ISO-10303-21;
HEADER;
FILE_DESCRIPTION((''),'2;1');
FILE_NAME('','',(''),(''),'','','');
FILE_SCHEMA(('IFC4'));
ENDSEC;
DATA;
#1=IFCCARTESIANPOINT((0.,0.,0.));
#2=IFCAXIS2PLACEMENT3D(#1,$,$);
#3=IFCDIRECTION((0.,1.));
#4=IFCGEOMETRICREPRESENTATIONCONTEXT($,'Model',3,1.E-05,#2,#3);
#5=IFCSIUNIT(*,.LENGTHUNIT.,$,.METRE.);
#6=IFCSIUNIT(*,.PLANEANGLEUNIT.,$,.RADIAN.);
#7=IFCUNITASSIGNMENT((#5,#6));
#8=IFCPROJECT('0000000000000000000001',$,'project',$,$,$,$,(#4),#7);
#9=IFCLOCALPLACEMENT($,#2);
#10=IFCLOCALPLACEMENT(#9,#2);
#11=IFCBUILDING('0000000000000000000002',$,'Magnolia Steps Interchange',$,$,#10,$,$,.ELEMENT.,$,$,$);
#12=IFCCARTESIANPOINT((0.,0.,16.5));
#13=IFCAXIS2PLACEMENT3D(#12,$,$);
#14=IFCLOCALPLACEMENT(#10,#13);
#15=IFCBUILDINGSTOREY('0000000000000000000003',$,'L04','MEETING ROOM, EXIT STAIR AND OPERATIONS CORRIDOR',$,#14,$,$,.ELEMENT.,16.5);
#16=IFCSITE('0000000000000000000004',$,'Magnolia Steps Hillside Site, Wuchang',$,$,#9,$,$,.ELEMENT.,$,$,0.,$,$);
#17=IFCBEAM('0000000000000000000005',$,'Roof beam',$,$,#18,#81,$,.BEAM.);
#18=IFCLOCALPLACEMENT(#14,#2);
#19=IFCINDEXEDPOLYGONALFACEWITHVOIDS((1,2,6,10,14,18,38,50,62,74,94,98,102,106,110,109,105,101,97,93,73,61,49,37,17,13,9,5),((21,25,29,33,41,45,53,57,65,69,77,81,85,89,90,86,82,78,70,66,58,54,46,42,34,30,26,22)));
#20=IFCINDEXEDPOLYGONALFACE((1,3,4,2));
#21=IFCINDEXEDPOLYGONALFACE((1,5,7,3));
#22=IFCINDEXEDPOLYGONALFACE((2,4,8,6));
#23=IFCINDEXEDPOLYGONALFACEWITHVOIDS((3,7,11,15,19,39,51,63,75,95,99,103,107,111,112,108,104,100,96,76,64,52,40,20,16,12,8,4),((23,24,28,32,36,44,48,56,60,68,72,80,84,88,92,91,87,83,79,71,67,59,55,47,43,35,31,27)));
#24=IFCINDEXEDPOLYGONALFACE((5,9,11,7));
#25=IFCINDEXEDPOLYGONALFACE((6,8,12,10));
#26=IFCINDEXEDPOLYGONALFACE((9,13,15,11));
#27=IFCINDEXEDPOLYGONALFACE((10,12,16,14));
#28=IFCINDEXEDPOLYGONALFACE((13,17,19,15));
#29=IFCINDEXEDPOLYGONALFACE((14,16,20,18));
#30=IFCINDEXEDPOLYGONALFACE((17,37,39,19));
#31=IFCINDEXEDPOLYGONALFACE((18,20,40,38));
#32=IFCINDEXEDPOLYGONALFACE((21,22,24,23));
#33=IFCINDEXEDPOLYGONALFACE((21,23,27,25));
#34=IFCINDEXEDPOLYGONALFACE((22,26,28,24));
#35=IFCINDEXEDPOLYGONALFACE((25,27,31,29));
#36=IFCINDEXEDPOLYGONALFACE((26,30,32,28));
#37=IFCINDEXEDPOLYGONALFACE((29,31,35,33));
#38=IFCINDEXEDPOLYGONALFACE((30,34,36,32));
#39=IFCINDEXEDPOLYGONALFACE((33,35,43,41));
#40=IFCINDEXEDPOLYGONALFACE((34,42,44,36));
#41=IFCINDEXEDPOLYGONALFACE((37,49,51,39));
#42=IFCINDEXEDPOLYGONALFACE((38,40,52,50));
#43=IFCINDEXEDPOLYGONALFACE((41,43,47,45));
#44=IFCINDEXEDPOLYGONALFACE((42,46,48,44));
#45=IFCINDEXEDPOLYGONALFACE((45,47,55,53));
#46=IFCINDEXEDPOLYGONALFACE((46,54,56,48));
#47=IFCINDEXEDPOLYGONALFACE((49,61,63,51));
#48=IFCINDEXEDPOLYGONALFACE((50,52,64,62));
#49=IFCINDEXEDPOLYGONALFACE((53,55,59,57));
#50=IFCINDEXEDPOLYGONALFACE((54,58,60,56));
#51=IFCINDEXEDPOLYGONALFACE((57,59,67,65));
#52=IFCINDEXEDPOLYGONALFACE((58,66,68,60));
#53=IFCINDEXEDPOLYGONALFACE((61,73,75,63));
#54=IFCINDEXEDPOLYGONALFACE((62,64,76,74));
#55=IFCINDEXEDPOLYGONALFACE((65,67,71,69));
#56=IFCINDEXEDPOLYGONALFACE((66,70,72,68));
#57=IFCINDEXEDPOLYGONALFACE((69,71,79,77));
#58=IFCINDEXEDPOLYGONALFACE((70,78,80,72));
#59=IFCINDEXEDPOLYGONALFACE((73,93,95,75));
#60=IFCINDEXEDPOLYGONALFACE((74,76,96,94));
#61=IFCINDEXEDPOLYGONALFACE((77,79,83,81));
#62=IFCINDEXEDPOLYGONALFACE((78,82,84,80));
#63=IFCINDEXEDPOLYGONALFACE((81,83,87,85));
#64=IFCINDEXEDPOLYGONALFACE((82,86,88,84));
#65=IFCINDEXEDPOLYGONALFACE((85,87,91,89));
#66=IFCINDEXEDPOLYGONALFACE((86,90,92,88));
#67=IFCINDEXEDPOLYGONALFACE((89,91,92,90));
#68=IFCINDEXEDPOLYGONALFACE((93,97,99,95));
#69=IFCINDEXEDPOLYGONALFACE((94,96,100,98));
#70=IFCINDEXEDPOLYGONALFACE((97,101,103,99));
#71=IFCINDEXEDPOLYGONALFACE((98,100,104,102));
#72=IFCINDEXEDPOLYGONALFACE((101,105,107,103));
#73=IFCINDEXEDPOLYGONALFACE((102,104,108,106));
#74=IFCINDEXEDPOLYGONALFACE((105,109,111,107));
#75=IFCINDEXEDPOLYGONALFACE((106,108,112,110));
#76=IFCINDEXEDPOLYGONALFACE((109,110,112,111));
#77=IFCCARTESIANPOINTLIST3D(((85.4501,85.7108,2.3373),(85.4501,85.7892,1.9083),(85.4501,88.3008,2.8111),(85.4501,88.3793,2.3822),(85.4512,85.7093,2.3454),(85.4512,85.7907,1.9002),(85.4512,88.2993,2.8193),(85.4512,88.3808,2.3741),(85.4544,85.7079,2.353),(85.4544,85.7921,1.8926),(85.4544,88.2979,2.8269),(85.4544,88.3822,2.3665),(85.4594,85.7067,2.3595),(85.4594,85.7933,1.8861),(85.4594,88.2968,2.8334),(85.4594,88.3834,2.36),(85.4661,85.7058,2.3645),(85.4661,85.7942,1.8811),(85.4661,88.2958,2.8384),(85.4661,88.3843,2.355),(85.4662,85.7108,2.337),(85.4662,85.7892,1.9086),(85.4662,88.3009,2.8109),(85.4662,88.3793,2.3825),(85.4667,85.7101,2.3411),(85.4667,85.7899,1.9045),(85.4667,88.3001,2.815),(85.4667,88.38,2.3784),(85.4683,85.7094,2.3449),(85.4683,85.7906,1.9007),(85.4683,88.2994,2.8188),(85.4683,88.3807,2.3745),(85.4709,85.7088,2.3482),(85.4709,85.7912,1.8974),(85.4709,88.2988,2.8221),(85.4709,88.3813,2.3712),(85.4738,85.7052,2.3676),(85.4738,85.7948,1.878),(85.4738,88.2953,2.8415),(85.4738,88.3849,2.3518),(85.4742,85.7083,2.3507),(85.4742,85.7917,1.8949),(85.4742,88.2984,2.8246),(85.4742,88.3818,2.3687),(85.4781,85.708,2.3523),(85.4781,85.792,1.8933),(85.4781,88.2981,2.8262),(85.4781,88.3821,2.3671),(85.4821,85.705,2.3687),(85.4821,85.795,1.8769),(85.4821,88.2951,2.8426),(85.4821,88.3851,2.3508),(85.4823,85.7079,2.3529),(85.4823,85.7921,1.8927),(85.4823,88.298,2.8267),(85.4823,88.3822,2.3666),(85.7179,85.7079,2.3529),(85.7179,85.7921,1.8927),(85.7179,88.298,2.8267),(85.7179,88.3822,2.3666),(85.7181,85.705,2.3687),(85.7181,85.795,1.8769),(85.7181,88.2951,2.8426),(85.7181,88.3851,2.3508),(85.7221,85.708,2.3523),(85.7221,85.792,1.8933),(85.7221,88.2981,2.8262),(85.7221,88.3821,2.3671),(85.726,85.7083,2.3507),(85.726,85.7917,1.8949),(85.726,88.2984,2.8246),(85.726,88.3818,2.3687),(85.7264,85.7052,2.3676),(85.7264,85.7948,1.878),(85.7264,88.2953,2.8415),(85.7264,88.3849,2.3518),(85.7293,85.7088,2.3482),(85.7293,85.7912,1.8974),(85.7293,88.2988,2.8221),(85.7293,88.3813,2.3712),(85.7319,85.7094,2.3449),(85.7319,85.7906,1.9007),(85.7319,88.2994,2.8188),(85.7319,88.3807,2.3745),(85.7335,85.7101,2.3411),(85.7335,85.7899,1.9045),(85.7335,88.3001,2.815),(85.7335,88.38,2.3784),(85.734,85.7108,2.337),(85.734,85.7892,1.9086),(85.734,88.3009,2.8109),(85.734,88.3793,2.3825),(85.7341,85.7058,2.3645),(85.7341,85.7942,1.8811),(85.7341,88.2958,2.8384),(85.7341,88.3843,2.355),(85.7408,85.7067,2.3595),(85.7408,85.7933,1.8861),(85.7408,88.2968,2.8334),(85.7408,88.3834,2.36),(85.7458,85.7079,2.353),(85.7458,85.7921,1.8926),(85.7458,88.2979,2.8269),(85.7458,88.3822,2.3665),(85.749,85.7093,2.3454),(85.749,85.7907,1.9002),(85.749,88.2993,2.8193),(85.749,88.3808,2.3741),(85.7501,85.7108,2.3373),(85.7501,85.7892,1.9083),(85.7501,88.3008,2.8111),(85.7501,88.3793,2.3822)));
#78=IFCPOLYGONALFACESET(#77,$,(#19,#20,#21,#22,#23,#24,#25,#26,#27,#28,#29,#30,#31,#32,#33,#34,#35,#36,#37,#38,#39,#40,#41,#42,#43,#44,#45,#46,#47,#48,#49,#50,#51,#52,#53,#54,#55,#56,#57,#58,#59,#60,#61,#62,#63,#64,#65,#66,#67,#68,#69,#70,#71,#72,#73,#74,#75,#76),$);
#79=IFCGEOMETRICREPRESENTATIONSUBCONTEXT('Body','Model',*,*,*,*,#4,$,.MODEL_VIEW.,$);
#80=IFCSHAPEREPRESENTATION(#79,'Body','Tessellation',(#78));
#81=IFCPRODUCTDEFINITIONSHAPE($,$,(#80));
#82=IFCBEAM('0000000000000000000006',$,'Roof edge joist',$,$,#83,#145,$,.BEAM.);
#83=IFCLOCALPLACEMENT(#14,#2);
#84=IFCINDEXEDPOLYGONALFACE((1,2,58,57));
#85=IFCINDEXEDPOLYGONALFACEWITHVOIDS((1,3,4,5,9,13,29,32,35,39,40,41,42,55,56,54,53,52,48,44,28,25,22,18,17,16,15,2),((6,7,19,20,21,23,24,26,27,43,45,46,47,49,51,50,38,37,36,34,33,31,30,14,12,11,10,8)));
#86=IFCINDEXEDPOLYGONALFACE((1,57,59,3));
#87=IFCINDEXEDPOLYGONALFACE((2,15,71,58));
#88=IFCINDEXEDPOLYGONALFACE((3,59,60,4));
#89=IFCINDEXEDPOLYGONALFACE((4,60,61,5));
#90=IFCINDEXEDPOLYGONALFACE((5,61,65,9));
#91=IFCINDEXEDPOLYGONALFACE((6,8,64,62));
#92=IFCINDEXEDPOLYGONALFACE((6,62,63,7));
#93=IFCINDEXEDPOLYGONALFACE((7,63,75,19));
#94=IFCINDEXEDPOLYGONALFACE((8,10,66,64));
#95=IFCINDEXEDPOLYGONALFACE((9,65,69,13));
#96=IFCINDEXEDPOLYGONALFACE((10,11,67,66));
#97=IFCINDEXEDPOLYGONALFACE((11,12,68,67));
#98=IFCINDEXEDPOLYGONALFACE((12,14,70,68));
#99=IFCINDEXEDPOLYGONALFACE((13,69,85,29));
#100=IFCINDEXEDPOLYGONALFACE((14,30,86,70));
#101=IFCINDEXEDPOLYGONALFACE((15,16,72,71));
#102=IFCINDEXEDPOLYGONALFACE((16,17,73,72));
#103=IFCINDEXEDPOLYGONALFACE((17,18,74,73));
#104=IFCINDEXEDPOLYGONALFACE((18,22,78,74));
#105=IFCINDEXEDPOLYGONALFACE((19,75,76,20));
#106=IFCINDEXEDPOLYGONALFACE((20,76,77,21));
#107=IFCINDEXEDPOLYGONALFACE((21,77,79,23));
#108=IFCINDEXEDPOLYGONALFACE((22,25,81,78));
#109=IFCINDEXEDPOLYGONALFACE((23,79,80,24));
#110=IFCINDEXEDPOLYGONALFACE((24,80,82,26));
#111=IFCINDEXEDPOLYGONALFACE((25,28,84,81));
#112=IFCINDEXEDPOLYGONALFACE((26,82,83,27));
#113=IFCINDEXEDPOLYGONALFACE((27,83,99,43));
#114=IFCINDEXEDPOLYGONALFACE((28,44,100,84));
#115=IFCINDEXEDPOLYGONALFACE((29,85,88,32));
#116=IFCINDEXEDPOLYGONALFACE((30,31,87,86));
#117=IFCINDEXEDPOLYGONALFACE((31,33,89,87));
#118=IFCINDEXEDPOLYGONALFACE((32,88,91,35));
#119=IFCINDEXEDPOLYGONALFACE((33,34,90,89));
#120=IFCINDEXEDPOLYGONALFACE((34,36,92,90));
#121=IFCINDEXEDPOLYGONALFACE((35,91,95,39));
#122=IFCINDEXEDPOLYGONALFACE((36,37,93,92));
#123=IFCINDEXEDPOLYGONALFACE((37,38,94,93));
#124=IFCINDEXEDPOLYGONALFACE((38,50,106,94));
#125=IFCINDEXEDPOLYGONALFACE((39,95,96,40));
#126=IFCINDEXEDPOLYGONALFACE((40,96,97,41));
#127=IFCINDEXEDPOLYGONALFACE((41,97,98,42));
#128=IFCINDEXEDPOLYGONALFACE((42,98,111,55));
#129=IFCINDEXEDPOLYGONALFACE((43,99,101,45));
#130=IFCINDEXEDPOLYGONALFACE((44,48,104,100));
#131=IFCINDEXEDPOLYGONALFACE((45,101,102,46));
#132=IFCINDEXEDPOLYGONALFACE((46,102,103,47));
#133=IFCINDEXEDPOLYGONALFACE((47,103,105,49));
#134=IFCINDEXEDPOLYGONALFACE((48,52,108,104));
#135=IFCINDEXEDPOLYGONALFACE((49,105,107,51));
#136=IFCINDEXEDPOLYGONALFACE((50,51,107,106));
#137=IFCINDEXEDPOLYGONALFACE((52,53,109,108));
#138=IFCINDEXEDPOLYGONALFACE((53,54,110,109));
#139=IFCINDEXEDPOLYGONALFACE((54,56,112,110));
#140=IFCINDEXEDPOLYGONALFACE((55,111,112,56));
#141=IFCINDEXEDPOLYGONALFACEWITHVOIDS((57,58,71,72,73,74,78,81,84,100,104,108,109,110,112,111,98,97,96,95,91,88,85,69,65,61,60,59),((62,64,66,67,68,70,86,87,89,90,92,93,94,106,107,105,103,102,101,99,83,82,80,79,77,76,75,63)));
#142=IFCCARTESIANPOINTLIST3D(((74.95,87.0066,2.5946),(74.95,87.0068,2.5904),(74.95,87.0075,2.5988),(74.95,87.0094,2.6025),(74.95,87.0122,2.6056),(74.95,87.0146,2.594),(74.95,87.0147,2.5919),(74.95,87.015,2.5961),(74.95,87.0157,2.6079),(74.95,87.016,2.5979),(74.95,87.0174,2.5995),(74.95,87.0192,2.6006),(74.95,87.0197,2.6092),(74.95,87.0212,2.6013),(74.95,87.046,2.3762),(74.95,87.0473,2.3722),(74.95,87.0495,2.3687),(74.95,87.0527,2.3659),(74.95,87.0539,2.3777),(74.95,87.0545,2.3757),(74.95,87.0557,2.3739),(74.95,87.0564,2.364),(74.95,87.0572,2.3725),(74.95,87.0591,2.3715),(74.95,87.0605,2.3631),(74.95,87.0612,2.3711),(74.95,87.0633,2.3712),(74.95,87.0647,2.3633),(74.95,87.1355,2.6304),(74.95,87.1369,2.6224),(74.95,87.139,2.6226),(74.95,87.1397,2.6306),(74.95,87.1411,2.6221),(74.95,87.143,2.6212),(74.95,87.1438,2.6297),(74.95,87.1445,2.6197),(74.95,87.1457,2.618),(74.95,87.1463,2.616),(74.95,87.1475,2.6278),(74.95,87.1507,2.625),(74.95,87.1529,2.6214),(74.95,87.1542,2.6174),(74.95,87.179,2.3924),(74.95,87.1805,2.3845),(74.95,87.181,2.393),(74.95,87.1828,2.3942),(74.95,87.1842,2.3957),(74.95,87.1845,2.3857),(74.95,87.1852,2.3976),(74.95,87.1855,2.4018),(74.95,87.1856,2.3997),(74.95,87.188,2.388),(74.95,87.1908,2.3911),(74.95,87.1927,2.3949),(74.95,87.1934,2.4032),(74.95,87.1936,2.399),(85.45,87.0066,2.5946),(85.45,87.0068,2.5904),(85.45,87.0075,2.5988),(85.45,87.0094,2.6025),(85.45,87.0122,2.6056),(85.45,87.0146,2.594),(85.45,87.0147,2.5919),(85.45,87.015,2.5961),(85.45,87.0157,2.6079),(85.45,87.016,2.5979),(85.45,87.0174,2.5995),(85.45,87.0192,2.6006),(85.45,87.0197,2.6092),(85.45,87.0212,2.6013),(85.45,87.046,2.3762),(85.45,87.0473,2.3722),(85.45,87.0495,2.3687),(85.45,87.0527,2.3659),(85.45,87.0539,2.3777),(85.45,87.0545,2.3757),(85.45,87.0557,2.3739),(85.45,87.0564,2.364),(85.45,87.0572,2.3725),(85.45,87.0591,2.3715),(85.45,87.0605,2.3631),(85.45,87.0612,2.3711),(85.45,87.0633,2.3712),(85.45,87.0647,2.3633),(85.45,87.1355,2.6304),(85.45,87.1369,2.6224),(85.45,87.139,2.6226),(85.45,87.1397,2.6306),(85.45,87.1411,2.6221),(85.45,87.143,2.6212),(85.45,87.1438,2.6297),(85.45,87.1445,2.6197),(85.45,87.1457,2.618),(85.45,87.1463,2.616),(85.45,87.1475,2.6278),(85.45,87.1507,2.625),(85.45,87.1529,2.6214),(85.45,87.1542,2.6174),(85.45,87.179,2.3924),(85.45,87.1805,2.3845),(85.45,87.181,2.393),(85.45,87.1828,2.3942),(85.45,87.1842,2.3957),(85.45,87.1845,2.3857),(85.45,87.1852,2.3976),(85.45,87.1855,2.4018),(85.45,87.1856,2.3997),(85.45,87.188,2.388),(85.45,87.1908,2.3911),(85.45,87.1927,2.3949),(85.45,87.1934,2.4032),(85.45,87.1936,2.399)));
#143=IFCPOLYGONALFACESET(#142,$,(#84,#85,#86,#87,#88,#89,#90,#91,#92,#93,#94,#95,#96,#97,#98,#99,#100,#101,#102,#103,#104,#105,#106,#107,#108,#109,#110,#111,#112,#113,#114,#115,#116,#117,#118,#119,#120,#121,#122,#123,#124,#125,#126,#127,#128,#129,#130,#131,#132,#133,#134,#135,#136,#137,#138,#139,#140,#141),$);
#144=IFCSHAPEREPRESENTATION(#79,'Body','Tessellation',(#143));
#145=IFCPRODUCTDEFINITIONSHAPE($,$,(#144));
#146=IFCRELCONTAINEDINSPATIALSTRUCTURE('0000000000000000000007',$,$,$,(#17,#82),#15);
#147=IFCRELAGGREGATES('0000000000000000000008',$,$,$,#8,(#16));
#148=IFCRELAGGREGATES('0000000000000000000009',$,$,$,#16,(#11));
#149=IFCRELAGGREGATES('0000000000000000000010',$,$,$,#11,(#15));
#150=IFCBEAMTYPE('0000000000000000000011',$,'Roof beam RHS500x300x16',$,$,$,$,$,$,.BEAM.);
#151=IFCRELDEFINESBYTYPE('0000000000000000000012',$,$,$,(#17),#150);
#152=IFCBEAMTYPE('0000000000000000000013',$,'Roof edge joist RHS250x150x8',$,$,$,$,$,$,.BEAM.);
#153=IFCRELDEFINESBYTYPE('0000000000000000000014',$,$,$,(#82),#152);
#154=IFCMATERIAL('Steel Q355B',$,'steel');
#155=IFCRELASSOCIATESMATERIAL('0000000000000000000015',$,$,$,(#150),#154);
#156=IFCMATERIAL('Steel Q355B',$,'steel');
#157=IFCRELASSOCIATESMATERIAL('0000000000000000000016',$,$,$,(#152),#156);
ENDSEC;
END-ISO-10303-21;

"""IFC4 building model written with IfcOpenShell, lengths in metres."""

from ifc_helpers import new_model, si_unit, direction, frame, origin, origin_2d, place, context, subcontext, project, spatial, hollow_rectangle, extrude, material, material_profile, profile_set, type_object, element, save


model = new_model("IFC4")

# Units and contexts
model_context = context("Model", 3, precision=1e-05, world=origin(), true_north=direction((0.0, 1.0)))
body_context = subcontext(model_context, "Body", "Model", "MODEL_VIEW")
ifc_project = project(units=[si_unit("LENGTHUNIT", "METRE"), si_unit("PLANEANGLEUNIT", "RADIAN")], contexts=[model_context])

# Site, building, storey
site_placement = place(None, origin())
site = spatial("IfcSite", under=ifc_project, at=site_placement, Name="Magnolia Steps Hillside Site, Wuchang", CompositionType="ELEMENT", RefElevation=0.0)
building_placement = place(site_placement, origin())
building = spatial("IfcBuilding", under=site, at=building_placement, Name="Magnolia Steps Interchange", CompositionType="ELEMENT")
storey_placement = place(building_placement, frame((0.0, 0.0, 16.5)))
storey = spatial("IfcBuildingStorey", under=building, at=storey_placement, Name="L04", Description="MEETING ROOM, EXIT STAIR AND OPERATIONS CORRIDOR", CompositionType="ELEMENT", Elevation=16.5)

# Beams
ifc_material_1 = material(Name="Steel Q355B", Category="steel")
ifc_material_profile_1 = material_profile(ifc_material_1, hollow_rectangle(XDim=0.3, YDim=0.5, WallThickness=0.0161, InnerFilletRadius=0.0161, OuterFilletRadius=0.032, at=origin_2d()), Name="RHS500x300x16")
ifc_profile_set_1 = profile_set([ifc_material_profile_1], Name="Steel Q355B")
beam_type_1 = type_object("IfcBeamType", Name="Roof beam RHS500x300x16", PredefinedType="BEAM", material=ifc_profile_set_1)
for number, where, z_axis, x_axis, name in (
    (1, (85.6001, 85.75, 2.1228), (0.0, 0.983672, 0.179971), (-1.0, 0.0, 0.0), "Roof beam"),
):
    element("IfcBeam", number, at=place(storey_placement, frame(where, z_axis=z_axis, x_axis=x_axis)), inside=storey, type_object=beam_type_1, Name=name, PredefinedType="BEAM", context=body_context, shape_type="SweptSolid", body=[
        extrude(hollow_rectangle(XDim=0.3, YDim=0.5, WallThickness=0.0161, InnerFilletRadius=0.0161, OuterFilletRadius=0.032, at=origin_2d()), origin(), (0.0, 0.0, 1.0), 2.6331),
    ])
ifc_material_2 = material(Name="Steel Q355B", Category="steel")
ifc_material_profile_2 = material_profile(ifc_material_2, hollow_rectangle(XDim=0.1499, YDim=0.25, WallThickness=0.0081, InnerFilletRadius=0.0081, OuterFilletRadius=0.0161, at=origin_2d()), Name="RHS250x150x8")
ifc_profile_set_2 = profile_set([ifc_material_profile_2], Name="Steel Q355B")
beam_type_2 = type_object("IfcBeamType", Name="Roof edge joist RHS250x150x8", PredefinedType="BEAM", material=ifc_profile_set_2)
for number, where, z_axis, x_axis, name in (
    (2, (74.95, 87.1001, 2.4968), (1.0, 0.0, 0.0), (0.0, 0.983677, 0.179941), "Roof edge joist"),
):
    element("IfcBeam", number, at=place(storey_placement, frame(where, z_axis=z_axis, x_axis=x_axis)), inside=storey, type_object=beam_type_2, Name=name, PredefinedType="BEAM", context=body_context, shape_type="SweptSolid", body=[
        extrude(hollow_rectangle(XDim=0.1499, YDim=0.25, WallThickness=0.0081, InnerFilletRadius=0.0081, OuterFilletRadius=0.0161, at=origin_2d()), origin(), (0.0, 0.0, 1.0), 10.5),
    ])

save(model, "model.ifc")
